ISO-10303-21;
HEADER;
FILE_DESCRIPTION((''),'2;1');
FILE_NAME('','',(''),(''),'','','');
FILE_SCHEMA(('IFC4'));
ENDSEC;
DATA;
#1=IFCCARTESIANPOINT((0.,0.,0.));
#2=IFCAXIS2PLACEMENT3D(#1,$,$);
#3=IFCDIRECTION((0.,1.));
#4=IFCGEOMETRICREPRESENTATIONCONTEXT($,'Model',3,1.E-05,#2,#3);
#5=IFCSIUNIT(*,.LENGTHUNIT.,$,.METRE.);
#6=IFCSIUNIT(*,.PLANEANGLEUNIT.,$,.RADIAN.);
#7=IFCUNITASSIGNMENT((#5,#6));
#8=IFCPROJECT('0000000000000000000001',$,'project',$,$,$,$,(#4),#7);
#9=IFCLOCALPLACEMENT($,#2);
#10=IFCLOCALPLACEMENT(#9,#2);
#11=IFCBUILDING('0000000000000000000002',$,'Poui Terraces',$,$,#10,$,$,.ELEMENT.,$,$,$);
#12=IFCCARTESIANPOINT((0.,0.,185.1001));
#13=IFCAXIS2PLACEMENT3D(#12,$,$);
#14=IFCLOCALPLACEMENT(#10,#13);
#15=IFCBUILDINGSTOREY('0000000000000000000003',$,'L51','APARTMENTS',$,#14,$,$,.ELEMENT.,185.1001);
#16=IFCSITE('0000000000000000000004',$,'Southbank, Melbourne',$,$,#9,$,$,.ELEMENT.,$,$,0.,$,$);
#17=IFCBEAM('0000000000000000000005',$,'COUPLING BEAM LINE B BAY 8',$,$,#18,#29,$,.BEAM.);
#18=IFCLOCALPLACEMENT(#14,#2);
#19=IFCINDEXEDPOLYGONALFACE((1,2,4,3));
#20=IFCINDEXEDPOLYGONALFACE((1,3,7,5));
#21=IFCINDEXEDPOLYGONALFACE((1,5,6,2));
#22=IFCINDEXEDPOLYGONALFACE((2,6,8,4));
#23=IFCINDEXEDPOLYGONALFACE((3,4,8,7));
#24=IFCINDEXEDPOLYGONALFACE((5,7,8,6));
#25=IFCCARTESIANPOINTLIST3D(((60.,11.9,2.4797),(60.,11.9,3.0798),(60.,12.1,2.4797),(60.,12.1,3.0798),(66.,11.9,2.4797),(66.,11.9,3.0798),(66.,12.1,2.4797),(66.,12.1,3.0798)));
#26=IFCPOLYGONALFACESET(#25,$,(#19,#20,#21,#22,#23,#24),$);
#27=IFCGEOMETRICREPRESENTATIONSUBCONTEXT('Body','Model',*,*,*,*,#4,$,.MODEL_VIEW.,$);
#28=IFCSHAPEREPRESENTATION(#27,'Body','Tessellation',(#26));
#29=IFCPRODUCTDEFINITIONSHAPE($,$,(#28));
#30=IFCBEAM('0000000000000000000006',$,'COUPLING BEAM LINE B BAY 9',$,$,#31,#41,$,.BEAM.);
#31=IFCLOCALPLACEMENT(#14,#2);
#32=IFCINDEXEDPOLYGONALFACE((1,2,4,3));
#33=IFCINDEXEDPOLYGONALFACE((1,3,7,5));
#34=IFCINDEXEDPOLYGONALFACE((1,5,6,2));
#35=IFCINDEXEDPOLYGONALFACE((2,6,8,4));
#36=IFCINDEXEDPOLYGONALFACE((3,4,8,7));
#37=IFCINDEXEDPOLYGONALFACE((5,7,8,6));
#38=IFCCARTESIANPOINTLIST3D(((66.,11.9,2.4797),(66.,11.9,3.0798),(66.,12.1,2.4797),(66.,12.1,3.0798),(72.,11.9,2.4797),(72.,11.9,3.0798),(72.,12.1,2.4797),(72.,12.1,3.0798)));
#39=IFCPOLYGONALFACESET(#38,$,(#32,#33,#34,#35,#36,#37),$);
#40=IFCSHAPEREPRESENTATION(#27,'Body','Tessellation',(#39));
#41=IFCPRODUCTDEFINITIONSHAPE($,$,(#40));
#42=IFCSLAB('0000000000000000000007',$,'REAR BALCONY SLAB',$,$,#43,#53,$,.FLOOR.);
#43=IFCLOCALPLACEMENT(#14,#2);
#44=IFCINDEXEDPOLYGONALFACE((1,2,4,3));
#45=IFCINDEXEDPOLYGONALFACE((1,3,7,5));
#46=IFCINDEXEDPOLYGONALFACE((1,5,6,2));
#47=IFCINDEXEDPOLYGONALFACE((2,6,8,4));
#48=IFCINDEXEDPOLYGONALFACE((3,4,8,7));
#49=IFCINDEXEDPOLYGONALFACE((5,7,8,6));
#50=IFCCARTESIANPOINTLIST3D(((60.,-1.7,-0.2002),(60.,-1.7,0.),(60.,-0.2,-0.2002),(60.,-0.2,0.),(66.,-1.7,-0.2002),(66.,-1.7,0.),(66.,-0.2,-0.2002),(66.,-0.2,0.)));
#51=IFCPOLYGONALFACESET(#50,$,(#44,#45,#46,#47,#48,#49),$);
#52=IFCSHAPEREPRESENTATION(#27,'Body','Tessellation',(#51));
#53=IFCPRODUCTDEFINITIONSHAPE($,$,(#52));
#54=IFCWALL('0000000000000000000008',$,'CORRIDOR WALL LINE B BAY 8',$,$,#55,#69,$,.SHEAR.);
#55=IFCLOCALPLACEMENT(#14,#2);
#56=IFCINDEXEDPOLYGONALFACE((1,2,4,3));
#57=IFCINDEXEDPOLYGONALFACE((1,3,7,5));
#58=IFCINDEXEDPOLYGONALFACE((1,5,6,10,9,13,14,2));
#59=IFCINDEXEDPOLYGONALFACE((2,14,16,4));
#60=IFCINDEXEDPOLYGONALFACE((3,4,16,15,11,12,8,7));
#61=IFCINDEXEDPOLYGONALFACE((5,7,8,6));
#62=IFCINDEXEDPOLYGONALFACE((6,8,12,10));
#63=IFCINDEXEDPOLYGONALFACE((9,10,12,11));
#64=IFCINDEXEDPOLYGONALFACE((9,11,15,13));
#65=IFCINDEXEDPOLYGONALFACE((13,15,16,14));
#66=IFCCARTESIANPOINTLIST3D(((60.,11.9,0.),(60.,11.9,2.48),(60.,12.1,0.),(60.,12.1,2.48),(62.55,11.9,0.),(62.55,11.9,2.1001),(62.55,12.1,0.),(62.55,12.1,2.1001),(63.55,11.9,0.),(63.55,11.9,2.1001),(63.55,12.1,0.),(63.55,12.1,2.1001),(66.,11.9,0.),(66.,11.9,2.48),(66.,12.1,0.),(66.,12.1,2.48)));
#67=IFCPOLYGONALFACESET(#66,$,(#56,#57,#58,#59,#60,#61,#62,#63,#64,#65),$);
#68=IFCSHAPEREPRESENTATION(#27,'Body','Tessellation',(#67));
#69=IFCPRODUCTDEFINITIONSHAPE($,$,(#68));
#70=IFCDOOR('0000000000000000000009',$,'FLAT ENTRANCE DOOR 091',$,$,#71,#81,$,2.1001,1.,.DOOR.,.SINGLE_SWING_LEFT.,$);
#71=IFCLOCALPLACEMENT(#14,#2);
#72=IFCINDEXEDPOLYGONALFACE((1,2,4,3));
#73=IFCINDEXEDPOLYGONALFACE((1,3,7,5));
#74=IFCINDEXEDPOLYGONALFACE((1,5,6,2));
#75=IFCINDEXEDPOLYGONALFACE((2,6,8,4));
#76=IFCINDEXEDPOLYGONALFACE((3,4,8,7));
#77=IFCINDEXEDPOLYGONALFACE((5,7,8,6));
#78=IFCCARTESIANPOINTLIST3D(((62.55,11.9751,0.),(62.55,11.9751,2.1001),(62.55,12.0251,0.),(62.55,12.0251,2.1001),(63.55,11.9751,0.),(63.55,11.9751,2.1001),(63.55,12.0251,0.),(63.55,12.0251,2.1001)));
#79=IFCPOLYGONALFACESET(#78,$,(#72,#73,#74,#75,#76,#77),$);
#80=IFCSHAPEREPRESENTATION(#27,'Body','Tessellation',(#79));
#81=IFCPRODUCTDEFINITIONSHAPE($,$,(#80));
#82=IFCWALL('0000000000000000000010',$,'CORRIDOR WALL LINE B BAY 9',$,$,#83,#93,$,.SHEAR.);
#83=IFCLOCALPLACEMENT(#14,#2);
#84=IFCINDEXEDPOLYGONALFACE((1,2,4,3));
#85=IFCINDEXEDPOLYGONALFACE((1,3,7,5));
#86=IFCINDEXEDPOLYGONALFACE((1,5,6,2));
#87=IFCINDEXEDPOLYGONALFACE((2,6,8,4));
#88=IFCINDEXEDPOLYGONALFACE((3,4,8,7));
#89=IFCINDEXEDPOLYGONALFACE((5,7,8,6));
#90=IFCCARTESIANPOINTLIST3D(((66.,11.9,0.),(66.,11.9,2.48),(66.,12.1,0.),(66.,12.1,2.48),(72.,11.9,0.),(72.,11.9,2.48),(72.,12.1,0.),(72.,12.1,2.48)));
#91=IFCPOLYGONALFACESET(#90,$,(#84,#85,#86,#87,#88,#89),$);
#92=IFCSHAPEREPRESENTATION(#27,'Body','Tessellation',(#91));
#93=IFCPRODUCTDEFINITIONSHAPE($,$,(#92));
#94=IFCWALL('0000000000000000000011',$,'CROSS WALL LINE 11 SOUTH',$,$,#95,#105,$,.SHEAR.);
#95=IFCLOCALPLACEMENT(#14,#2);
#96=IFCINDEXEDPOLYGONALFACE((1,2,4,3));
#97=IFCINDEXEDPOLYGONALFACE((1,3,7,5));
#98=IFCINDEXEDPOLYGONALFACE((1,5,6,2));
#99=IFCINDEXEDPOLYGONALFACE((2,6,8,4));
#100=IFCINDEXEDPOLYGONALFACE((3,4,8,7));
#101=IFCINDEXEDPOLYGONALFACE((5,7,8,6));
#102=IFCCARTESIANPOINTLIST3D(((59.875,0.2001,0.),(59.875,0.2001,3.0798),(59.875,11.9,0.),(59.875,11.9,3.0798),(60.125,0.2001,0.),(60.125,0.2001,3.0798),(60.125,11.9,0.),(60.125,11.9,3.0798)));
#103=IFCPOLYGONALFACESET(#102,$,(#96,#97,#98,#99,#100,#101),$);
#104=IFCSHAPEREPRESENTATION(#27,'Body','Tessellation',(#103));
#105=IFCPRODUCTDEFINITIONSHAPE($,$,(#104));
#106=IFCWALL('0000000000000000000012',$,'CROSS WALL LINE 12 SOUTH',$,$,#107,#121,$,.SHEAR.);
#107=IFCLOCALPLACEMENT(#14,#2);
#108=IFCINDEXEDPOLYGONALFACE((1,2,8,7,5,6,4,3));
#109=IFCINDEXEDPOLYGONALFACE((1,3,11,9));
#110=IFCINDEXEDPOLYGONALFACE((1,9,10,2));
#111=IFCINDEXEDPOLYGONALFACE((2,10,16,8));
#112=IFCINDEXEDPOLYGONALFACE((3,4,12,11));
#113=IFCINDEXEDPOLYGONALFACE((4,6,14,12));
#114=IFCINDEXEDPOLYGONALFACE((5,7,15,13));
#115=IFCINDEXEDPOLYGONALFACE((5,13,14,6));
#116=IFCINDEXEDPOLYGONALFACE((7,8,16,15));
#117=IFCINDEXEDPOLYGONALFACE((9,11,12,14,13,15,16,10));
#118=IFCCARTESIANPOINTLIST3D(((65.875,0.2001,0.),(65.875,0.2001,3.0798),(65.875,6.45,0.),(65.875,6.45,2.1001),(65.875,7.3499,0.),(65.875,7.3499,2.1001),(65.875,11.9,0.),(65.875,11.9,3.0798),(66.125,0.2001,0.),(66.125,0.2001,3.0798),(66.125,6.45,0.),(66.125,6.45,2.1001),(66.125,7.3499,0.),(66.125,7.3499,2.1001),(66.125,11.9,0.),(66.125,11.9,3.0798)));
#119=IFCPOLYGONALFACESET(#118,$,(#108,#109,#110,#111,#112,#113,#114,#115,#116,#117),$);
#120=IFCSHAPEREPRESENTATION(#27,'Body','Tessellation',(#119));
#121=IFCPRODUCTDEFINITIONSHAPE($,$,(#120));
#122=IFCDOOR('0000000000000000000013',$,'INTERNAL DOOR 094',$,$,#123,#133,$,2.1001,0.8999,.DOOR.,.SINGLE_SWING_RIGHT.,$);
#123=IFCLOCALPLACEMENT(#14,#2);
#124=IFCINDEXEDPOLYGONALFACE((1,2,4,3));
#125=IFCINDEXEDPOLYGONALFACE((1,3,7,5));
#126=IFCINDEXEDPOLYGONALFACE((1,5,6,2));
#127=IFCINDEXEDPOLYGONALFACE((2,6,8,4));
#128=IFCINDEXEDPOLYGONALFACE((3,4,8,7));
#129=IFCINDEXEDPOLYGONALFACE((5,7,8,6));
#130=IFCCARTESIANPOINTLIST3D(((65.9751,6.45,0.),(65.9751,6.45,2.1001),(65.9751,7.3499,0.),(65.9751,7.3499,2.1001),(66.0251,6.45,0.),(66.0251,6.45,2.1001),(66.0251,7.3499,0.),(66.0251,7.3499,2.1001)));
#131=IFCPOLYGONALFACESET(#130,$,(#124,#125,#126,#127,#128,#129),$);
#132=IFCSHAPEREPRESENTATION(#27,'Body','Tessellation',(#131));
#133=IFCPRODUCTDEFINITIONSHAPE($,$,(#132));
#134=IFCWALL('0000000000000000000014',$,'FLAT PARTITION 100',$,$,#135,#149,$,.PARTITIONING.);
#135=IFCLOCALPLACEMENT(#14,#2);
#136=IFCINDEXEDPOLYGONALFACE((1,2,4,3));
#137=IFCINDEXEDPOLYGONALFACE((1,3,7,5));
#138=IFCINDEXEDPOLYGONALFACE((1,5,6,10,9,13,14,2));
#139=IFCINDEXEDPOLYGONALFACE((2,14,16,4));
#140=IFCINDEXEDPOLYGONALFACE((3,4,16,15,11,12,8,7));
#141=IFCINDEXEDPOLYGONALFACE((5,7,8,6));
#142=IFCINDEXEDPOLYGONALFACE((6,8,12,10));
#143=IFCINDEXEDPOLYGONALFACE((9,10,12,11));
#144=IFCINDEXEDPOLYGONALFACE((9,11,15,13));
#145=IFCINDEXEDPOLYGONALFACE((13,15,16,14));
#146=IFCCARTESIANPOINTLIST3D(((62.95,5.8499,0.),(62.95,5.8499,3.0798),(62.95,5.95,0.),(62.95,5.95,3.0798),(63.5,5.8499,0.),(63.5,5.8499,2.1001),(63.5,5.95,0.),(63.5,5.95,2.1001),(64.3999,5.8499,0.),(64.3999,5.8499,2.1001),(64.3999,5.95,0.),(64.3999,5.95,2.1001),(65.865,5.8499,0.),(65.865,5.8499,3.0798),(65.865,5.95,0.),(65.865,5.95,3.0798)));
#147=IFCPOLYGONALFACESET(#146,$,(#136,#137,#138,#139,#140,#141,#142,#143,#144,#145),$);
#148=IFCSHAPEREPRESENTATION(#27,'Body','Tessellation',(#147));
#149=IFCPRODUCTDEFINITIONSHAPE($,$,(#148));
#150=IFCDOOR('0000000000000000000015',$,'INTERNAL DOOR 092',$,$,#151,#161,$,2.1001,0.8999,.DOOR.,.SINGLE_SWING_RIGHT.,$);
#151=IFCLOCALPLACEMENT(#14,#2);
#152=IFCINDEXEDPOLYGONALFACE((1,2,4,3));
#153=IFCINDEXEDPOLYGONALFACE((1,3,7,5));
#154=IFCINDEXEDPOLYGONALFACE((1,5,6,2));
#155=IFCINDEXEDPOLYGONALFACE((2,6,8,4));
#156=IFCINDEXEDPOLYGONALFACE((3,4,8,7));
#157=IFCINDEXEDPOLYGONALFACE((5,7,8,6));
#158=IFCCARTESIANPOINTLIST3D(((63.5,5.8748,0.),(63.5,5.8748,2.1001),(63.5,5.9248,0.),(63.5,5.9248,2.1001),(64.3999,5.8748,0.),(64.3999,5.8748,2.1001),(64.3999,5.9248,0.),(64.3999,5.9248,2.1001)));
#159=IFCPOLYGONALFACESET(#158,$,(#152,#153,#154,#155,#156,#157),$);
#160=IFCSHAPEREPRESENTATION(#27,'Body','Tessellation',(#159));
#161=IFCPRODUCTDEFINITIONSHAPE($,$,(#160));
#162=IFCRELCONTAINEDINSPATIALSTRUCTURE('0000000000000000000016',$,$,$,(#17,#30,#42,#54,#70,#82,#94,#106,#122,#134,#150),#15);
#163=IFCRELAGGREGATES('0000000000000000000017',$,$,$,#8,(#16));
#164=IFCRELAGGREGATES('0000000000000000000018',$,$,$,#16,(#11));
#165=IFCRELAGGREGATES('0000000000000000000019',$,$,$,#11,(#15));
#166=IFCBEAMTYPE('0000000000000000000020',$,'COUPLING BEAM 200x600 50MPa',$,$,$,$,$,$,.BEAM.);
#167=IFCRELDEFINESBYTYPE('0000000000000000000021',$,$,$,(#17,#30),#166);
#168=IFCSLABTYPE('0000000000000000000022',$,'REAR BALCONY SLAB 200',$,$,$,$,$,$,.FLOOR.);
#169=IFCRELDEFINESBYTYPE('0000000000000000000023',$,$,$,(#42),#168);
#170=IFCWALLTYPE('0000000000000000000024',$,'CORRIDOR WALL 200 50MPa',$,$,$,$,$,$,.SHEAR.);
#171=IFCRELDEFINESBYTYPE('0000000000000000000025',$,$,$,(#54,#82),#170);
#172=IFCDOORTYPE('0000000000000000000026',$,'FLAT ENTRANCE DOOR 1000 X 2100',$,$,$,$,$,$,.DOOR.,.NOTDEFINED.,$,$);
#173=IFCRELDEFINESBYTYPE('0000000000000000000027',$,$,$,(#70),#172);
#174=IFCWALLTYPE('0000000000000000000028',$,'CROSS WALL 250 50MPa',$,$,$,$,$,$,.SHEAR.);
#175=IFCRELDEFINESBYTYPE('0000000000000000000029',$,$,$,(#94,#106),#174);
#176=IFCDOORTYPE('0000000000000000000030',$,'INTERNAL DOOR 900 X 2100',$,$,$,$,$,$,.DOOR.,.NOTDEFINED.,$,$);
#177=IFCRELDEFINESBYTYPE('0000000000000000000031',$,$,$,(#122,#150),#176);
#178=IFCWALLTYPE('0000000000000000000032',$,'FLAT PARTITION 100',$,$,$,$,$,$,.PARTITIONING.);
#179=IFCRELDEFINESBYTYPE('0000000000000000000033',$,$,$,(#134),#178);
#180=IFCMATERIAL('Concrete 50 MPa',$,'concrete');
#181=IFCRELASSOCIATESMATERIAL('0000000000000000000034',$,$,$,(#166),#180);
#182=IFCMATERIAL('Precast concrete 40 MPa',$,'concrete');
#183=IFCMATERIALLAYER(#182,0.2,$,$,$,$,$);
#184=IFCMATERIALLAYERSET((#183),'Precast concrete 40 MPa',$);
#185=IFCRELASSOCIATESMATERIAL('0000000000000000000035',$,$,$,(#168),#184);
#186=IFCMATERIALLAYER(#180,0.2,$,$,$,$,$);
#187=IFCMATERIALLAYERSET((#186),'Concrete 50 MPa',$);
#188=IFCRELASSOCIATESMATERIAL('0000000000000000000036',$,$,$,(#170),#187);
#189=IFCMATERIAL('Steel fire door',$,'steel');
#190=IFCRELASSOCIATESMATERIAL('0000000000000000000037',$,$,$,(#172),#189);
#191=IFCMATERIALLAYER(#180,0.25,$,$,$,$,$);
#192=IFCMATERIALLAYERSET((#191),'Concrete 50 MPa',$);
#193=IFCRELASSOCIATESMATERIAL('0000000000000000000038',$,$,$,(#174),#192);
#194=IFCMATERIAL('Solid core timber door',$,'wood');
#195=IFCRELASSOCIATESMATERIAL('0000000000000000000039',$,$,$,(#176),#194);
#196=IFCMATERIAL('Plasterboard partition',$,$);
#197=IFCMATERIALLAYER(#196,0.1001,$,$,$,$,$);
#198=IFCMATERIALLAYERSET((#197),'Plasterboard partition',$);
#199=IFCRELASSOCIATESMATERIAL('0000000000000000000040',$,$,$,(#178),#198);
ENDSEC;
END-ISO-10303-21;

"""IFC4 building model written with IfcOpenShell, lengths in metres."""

from ifc_helpers import new_model, si_unit, direction, frame, frame_2d, origin, origin_2d, place, context, subcontext, project, spatial, polyline, rectangle, outline, extrude, source, transform, mapped, material, layer, layer_set, material_profile, profile_set, type_object, element, fill, save


model = new_model("IFC4")

# Units and contexts
model_context = context("Model", 3, precision=1e-05, world=origin(), true_north=direction((0.0, 1.0)))
body_context = subcontext(model_context, "Body", "Model", "MODEL_VIEW")
ifc_project = project(units=[si_unit("LENGTHUNIT", "METRE"), si_unit("PLANEANGLEUNIT", "RADIAN")], contexts=[model_context])

# Site, building, storey
site_placement = place(None, origin())
site = spatial("IfcSite", under=ifc_project, at=site_placement, Name="Southbank, Melbourne", CompositionType="ELEMENT", RefElevation=0.0)
building_placement = place(site_placement, origin())
building = spatial("IfcBuilding", under=site, at=building_placement, Name="Poui Terraces", CompositionType="ELEMENT")
storey_placement = place(building_placement, frame((0.0, 0.0, 185.1001)))
storey = spatial("IfcBuildingStorey", under=building, at=storey_placement, Name="L51", Description="APARTMENTS", CompositionType="ELEMENT", Elevation=185.1001)

# Beams
ifc_material_1 = material(Name="Concrete 50 MPa", Category="concrete")
ifc_material_profile_1 = material_profile(ifc_material_1, rectangle(XDim=0.2, YDim=0.6001, at=origin_2d()), Name="RC 200x600")
ifc_profile_set_1 = profile_set([ifc_material_profile_1], Name="Concrete 50 MPa")
beam_type = type_object("IfcBeamType", Name="COUPLING BEAM 200x600 50MPa", PredefinedType="BEAM", material=ifc_profile_set_1)
shared_shape_1 = source(origin(), body_context, "Body", "SweptSolid", [
    extrude(rectangle(XDim=0.2, YDim=0.6001, at=origin_2d()), origin(), (0.0, 0.0, 1.0), 6.0),
])
for number, where, z_axis, x_axis, name in (
    (1, (60.0, 12.0, 2.7798), (1.0, 0.0, 0.0), (0.0, 1.0, 0.0), "COUPLING BEAM LINE B BAY 8"),
    (2, (66.0, 12.0, 2.7798), (1.0, 0.0, 0.0), (0.0, 1.0, 0.0), "COUPLING BEAM LINE B BAY 9"),
):
    element("IfcBeam", number, at=place(storey_placement, frame(where, z_axis=z_axis, x_axis=x_axis)), inside=storey, type_object=beam_type, Name=name, PredefinedType="BEAM", context=body_context, shape_type="MappedRepresentation", body=[
        mapped(shared_shape_1, transform((0.0, 0.0, 0.0))),
    ])

# Slab
ifc_material_2 = material(Name="Precast concrete 40 MPa", Category="concrete")
ifc_layer_1 = layer(ifc_material_2, 0.2)
ifc_layer_set_1 = layer_set([ifc_layer_1], Name="Precast concrete 40 MPa")
slab_type = type_object("IfcSlabType", Name="REAR BALCONY SLAB 200", PredefinedType="FLOOR", material=ifc_layer_set_1)
shared_shape_2 = source(origin(), body_context, "Body", "SweptSolid", [
    extrude(outline(polyline([(0.0, 0.0), (6.0, 0.0), (6.0, 1.5), (0.0, 1.5), (0.0, 0.0)])), origin(), (0.0, 0.0, 1.0), 0.2002),
])
slab_placement = place(storey_placement, frame((60.0, -1.7, -0.2002)))
element("IfcSlab", 3, at=slab_placement, inside=storey, type_object=slab_type, Name="REAR BALCONY SLAB", PredefinedType="FLOOR", context=body_context, shape_type="MappedRepresentation", body=[
    mapped(shared_shape_2, transform((0.0, 0.0, 0.0))),
])

# Wall, opening, door
ifc_layer_2 = layer(ifc_material_1, 0.2)
ifc_layer_set_2 = layer_set([ifc_layer_2], Name="Concrete 50 MPa")
wall_type_1 = type_object("IfcWallType", Name="CORRIDOR WALL 200 50MPa", PredefinedType="SHEAR", material=ifc_layer_set_2)
wall_1_placement = place(storey_placement, frame((60.0, 12.0, 0.0), z_axis=(0.0, 0.0, 1.0), x_axis=(1.0, 0.0, 0.0)))
wall_1 = element("IfcWall", 4, at=wall_1_placement, inside=storey, type_object=wall_type_1, Name="CORRIDOR WALL LINE B BAY 8", PredefinedType="SHEAR", context=body_context, shape_type="SweptSolid", body=[
    extrude(rectangle(XDim=6.0, YDim=0.2, at=frame_2d((3.0, 0.0))), origin(), (0.0, 0.0, 1.0), 2.48),
])
opening_1_placement = place(wall_1_placement, frame((2.55, 0.0, 0.0)))
opening_1 = element("IfcOpeningElement", 5, at=opening_1_placement, cuts=wall_1, PredefinedType="OPENING", context=body_context, shape_type="SweptSolid", body=[
    extrude(rectangle(XDim=1.0, YDim=2.1001, at=frame_2d((0.5, 1.05))), frame((0.0, 0.1099, 0.0), z_axis=(0.0, -1.0, 0.0), x_axis=(1.0, 0.0, 0.0)), (0.0, 0.0, 1.0), 0.22),
])
ifc_material_3 = material(Name="Steel fire door", Category="steel")
door_type_1 = type_object("IfcDoorType", Name="FLAT ENTRANCE DOOR 1000 X 2100", OperationType="NOTDEFINED", PredefinedType="DOOR", material=ifc_material_3)
door_1_placement = place(opening_1_placement, frame((1.0, 0.0, 0.0), z_axis=(0.0, 0.0, 1.0), x_axis=(-1.0, 0.0, 0.0)))
door_1 = element("IfcDoor", 6, at=door_1_placement, inside=storey, type_object=door_type_1, Name="FLAT ENTRANCE DOOR 091", OperationType="SINGLE_SWING_LEFT", OverallHeight=2.1001, OverallWidth=1.0, PredefinedType="DOOR", context=body_context, shape_type="SweptSolid", body=[
    extrude(rectangle(XDim=1.0, YDim=2.1001, at=frame_2d((0.5, 1.05))), frame((0.0, 0.0249, 0.0), z_axis=(0.0, -1.0, 0.0), x_axis=(1.0, 0.0, 0.0)), (0.0, 0.0, 1.0), 0.05),
])
fill(opening_1, door_1)

# Walls
wall_2_placement = place(storey_placement, frame((66.0, 12.0, 0.0), z_axis=(0.0, 0.0, 1.0), x_axis=(1.0, 0.0, 0.0)))
element("IfcWall", 7, at=wall_2_placement, inside=storey, type_object=wall_type_1, Name="CORRIDOR WALL LINE B BAY 9", PredefinedType="SHEAR", context=body_context, shape_type="SweptSolid", body=[
    extrude(rectangle(XDim=6.0, YDim=0.2, at=frame_2d((3.0, 0.0))), origin(), (0.0, 0.0, 1.0), 2.48),
])
ifc_layer_3 = layer(ifc_material_1, 0.25)
ifc_layer_set_3 = layer_set([ifc_layer_3], Name="Concrete 50 MPa")
wall_type_2 = type_object("IfcWallType", Name="CROSS WALL 250 50MPa", PredefinedType="SHEAR", material=ifc_layer_set_3)
wall_3_placement = place(storey_placement, frame((60.0, 0.2, 0.0), z_axis=(0.0, 0.0, 1.0), x_axis=(0.0, 1.0, 0.0)))
element("IfcWall", 8, at=wall_3_placement, inside=storey, type_object=wall_type_2, Name="CROSS WALL LINE 11 SOUTH", PredefinedType="SHEAR", context=body_context, shape_type="SweptSolid", body=[
    extrude(rectangle(XDim=11.7, YDim=0.25, at=frame_2d((5.8501, 0.0))), origin(), (0.0, 0.0, 1.0), 3.0798),
])

# Walls, openings, doors
wall_4_placement = place(storey_placement, frame((66.0, 0.2, 0.0), z_axis=(0.0, 0.0, 1.0), x_axis=(0.0, 1.0, 0.0)))
wall_4 = element("IfcWall", 9, at=wall_4_placement, inside=storey, type_object=wall_type_2, Name="CROSS WALL LINE 12 SOUTH", PredefinedType="SHEAR", context=body_context, shape_type="SweptSolid", body=[
    extrude(rectangle(XDim=11.7, YDim=0.25, at=frame_2d((5.8501, 0.0))), origin(), (0.0, 0.0, 1.0), 3.0798),
])
opening_2_placement = place(wall_4_placement, frame((6.25, 0.0, 0.0)))
opening_2 = element("IfcOpeningElement", 10, at=opening_2_placement, cuts=wall_4, PredefinedType="OPENING", context=body_context, shape_type="SweptSolid", body=[
    extrude(rectangle(XDim=0.8999, YDim=2.1001, at=frame_2d((0.45, 1.05))), frame((0.0, 0.135, 0.0), z_axis=(0.0, -1.0, 0.0), x_axis=(1.0, 0.0, 0.0)), (0.0, 0.0, 1.0), 0.27),
])
ifc_material_4 = material(Name="Solid core timber door", Category="wood")
door_type_2 = type_object("IfcDoorType", Name="INTERNAL DOOR 900 X 2100", OperationType="NOTDEFINED", PredefinedType="DOOR", material=ifc_material_4)
door_2_placement = place(opening_2_placement, origin())
door_2 = element("IfcDoor", 11, at=door_2_placement, inside=storey, type_object=door_type_2, Name="INTERNAL DOOR 094", OperationType="SINGLE_SWING_RIGHT", OverallHeight=2.1001, OverallWidth=0.8999, PredefinedType="DOOR", context=body_context, shape_type="SweptSolid", body=[
    extrude(rectangle(XDim=0.8999, YDim=2.1001, at=frame_2d((0.45, 1.05))), frame((0.0, 0.0249, 0.0), z_axis=(0.0, -1.0, 0.0), x_axis=(1.0, 0.0, 0.0)), (0.0, 0.0, 1.0), 0.05),
])
fill(opening_2, door_2)
ifc_material_5 = material(Name="Plasterboard partition")
ifc_layer_4 = layer(ifc_material_5, 0.1001)
ifc_layer_set_4 = layer_set([ifc_layer_4], Name="Plasterboard partition")
wall_type_3 = type_object("IfcWallType", Name="FLAT PARTITION 100", PredefinedType="PARTITIONING", material=ifc_layer_set_4)
wall_5_placement = place(storey_placement, frame((62.95, 5.8999, 0.0), z_axis=(0.0, 0.0, 1.0), x_axis=(1.0, 0.0, 0.0)))
wall_5 = element("IfcWall", 12, at=wall_5_placement, inside=storey, type_object=wall_type_3, Name="FLAT PARTITION 100", PredefinedType="PARTITIONING", context=body_context, shape_type="SweptSolid", body=[
    extrude(rectangle(XDim=2.915, YDim=0.1001, at=frame_2d((1.4575, 0.0))), origin(), (0.0, 0.0, 1.0), 3.0798),
])
opening_3_placement = place(wall_5_placement, frame((0.55, 0.0, 0.0)))
opening_3 = element("IfcOpeningElement", 13, at=opening_3_placement, cuts=wall_5, PredefinedType="OPENING", context=body_context, shape_type="SweptSolid", body=[
    extrude(rectangle(XDim=0.8999, YDim=2.1001, at=frame_2d((0.45, 1.05))), frame((0.0, 0.0601, 0.0), z_axis=(0.0, -1.0, 0.0), x_axis=(1.0, 0.0, 0.0)), (0.0, 0.0, 1.0), 0.1201),
])
door_3_placement = place(opening_3_placement, origin())
door_3 = element("IfcDoor", 14, at=door_3_placement, inside=storey, type_object=door_type_2, Name="INTERNAL DOOR 092", OperationType="SINGLE_SWING_RIGHT", OverallHeight=2.1001, OverallWidth=0.8999, PredefinedType="DOOR", context=body_context, shape_type="SweptSolid", body=[
    extrude(rectangle(XDim=0.8999, YDim=2.1001, at=frame_2d((0.45, 1.05))), frame((0.0, 0.0249, 0.0), z_axis=(0.0, -1.0, 0.0), x_axis=(1.0, 0.0, 0.0)), (0.0, 0.0, 1.0), 0.05),
])
fill(opening_3, door_3)

save(model, "model.ifc")
